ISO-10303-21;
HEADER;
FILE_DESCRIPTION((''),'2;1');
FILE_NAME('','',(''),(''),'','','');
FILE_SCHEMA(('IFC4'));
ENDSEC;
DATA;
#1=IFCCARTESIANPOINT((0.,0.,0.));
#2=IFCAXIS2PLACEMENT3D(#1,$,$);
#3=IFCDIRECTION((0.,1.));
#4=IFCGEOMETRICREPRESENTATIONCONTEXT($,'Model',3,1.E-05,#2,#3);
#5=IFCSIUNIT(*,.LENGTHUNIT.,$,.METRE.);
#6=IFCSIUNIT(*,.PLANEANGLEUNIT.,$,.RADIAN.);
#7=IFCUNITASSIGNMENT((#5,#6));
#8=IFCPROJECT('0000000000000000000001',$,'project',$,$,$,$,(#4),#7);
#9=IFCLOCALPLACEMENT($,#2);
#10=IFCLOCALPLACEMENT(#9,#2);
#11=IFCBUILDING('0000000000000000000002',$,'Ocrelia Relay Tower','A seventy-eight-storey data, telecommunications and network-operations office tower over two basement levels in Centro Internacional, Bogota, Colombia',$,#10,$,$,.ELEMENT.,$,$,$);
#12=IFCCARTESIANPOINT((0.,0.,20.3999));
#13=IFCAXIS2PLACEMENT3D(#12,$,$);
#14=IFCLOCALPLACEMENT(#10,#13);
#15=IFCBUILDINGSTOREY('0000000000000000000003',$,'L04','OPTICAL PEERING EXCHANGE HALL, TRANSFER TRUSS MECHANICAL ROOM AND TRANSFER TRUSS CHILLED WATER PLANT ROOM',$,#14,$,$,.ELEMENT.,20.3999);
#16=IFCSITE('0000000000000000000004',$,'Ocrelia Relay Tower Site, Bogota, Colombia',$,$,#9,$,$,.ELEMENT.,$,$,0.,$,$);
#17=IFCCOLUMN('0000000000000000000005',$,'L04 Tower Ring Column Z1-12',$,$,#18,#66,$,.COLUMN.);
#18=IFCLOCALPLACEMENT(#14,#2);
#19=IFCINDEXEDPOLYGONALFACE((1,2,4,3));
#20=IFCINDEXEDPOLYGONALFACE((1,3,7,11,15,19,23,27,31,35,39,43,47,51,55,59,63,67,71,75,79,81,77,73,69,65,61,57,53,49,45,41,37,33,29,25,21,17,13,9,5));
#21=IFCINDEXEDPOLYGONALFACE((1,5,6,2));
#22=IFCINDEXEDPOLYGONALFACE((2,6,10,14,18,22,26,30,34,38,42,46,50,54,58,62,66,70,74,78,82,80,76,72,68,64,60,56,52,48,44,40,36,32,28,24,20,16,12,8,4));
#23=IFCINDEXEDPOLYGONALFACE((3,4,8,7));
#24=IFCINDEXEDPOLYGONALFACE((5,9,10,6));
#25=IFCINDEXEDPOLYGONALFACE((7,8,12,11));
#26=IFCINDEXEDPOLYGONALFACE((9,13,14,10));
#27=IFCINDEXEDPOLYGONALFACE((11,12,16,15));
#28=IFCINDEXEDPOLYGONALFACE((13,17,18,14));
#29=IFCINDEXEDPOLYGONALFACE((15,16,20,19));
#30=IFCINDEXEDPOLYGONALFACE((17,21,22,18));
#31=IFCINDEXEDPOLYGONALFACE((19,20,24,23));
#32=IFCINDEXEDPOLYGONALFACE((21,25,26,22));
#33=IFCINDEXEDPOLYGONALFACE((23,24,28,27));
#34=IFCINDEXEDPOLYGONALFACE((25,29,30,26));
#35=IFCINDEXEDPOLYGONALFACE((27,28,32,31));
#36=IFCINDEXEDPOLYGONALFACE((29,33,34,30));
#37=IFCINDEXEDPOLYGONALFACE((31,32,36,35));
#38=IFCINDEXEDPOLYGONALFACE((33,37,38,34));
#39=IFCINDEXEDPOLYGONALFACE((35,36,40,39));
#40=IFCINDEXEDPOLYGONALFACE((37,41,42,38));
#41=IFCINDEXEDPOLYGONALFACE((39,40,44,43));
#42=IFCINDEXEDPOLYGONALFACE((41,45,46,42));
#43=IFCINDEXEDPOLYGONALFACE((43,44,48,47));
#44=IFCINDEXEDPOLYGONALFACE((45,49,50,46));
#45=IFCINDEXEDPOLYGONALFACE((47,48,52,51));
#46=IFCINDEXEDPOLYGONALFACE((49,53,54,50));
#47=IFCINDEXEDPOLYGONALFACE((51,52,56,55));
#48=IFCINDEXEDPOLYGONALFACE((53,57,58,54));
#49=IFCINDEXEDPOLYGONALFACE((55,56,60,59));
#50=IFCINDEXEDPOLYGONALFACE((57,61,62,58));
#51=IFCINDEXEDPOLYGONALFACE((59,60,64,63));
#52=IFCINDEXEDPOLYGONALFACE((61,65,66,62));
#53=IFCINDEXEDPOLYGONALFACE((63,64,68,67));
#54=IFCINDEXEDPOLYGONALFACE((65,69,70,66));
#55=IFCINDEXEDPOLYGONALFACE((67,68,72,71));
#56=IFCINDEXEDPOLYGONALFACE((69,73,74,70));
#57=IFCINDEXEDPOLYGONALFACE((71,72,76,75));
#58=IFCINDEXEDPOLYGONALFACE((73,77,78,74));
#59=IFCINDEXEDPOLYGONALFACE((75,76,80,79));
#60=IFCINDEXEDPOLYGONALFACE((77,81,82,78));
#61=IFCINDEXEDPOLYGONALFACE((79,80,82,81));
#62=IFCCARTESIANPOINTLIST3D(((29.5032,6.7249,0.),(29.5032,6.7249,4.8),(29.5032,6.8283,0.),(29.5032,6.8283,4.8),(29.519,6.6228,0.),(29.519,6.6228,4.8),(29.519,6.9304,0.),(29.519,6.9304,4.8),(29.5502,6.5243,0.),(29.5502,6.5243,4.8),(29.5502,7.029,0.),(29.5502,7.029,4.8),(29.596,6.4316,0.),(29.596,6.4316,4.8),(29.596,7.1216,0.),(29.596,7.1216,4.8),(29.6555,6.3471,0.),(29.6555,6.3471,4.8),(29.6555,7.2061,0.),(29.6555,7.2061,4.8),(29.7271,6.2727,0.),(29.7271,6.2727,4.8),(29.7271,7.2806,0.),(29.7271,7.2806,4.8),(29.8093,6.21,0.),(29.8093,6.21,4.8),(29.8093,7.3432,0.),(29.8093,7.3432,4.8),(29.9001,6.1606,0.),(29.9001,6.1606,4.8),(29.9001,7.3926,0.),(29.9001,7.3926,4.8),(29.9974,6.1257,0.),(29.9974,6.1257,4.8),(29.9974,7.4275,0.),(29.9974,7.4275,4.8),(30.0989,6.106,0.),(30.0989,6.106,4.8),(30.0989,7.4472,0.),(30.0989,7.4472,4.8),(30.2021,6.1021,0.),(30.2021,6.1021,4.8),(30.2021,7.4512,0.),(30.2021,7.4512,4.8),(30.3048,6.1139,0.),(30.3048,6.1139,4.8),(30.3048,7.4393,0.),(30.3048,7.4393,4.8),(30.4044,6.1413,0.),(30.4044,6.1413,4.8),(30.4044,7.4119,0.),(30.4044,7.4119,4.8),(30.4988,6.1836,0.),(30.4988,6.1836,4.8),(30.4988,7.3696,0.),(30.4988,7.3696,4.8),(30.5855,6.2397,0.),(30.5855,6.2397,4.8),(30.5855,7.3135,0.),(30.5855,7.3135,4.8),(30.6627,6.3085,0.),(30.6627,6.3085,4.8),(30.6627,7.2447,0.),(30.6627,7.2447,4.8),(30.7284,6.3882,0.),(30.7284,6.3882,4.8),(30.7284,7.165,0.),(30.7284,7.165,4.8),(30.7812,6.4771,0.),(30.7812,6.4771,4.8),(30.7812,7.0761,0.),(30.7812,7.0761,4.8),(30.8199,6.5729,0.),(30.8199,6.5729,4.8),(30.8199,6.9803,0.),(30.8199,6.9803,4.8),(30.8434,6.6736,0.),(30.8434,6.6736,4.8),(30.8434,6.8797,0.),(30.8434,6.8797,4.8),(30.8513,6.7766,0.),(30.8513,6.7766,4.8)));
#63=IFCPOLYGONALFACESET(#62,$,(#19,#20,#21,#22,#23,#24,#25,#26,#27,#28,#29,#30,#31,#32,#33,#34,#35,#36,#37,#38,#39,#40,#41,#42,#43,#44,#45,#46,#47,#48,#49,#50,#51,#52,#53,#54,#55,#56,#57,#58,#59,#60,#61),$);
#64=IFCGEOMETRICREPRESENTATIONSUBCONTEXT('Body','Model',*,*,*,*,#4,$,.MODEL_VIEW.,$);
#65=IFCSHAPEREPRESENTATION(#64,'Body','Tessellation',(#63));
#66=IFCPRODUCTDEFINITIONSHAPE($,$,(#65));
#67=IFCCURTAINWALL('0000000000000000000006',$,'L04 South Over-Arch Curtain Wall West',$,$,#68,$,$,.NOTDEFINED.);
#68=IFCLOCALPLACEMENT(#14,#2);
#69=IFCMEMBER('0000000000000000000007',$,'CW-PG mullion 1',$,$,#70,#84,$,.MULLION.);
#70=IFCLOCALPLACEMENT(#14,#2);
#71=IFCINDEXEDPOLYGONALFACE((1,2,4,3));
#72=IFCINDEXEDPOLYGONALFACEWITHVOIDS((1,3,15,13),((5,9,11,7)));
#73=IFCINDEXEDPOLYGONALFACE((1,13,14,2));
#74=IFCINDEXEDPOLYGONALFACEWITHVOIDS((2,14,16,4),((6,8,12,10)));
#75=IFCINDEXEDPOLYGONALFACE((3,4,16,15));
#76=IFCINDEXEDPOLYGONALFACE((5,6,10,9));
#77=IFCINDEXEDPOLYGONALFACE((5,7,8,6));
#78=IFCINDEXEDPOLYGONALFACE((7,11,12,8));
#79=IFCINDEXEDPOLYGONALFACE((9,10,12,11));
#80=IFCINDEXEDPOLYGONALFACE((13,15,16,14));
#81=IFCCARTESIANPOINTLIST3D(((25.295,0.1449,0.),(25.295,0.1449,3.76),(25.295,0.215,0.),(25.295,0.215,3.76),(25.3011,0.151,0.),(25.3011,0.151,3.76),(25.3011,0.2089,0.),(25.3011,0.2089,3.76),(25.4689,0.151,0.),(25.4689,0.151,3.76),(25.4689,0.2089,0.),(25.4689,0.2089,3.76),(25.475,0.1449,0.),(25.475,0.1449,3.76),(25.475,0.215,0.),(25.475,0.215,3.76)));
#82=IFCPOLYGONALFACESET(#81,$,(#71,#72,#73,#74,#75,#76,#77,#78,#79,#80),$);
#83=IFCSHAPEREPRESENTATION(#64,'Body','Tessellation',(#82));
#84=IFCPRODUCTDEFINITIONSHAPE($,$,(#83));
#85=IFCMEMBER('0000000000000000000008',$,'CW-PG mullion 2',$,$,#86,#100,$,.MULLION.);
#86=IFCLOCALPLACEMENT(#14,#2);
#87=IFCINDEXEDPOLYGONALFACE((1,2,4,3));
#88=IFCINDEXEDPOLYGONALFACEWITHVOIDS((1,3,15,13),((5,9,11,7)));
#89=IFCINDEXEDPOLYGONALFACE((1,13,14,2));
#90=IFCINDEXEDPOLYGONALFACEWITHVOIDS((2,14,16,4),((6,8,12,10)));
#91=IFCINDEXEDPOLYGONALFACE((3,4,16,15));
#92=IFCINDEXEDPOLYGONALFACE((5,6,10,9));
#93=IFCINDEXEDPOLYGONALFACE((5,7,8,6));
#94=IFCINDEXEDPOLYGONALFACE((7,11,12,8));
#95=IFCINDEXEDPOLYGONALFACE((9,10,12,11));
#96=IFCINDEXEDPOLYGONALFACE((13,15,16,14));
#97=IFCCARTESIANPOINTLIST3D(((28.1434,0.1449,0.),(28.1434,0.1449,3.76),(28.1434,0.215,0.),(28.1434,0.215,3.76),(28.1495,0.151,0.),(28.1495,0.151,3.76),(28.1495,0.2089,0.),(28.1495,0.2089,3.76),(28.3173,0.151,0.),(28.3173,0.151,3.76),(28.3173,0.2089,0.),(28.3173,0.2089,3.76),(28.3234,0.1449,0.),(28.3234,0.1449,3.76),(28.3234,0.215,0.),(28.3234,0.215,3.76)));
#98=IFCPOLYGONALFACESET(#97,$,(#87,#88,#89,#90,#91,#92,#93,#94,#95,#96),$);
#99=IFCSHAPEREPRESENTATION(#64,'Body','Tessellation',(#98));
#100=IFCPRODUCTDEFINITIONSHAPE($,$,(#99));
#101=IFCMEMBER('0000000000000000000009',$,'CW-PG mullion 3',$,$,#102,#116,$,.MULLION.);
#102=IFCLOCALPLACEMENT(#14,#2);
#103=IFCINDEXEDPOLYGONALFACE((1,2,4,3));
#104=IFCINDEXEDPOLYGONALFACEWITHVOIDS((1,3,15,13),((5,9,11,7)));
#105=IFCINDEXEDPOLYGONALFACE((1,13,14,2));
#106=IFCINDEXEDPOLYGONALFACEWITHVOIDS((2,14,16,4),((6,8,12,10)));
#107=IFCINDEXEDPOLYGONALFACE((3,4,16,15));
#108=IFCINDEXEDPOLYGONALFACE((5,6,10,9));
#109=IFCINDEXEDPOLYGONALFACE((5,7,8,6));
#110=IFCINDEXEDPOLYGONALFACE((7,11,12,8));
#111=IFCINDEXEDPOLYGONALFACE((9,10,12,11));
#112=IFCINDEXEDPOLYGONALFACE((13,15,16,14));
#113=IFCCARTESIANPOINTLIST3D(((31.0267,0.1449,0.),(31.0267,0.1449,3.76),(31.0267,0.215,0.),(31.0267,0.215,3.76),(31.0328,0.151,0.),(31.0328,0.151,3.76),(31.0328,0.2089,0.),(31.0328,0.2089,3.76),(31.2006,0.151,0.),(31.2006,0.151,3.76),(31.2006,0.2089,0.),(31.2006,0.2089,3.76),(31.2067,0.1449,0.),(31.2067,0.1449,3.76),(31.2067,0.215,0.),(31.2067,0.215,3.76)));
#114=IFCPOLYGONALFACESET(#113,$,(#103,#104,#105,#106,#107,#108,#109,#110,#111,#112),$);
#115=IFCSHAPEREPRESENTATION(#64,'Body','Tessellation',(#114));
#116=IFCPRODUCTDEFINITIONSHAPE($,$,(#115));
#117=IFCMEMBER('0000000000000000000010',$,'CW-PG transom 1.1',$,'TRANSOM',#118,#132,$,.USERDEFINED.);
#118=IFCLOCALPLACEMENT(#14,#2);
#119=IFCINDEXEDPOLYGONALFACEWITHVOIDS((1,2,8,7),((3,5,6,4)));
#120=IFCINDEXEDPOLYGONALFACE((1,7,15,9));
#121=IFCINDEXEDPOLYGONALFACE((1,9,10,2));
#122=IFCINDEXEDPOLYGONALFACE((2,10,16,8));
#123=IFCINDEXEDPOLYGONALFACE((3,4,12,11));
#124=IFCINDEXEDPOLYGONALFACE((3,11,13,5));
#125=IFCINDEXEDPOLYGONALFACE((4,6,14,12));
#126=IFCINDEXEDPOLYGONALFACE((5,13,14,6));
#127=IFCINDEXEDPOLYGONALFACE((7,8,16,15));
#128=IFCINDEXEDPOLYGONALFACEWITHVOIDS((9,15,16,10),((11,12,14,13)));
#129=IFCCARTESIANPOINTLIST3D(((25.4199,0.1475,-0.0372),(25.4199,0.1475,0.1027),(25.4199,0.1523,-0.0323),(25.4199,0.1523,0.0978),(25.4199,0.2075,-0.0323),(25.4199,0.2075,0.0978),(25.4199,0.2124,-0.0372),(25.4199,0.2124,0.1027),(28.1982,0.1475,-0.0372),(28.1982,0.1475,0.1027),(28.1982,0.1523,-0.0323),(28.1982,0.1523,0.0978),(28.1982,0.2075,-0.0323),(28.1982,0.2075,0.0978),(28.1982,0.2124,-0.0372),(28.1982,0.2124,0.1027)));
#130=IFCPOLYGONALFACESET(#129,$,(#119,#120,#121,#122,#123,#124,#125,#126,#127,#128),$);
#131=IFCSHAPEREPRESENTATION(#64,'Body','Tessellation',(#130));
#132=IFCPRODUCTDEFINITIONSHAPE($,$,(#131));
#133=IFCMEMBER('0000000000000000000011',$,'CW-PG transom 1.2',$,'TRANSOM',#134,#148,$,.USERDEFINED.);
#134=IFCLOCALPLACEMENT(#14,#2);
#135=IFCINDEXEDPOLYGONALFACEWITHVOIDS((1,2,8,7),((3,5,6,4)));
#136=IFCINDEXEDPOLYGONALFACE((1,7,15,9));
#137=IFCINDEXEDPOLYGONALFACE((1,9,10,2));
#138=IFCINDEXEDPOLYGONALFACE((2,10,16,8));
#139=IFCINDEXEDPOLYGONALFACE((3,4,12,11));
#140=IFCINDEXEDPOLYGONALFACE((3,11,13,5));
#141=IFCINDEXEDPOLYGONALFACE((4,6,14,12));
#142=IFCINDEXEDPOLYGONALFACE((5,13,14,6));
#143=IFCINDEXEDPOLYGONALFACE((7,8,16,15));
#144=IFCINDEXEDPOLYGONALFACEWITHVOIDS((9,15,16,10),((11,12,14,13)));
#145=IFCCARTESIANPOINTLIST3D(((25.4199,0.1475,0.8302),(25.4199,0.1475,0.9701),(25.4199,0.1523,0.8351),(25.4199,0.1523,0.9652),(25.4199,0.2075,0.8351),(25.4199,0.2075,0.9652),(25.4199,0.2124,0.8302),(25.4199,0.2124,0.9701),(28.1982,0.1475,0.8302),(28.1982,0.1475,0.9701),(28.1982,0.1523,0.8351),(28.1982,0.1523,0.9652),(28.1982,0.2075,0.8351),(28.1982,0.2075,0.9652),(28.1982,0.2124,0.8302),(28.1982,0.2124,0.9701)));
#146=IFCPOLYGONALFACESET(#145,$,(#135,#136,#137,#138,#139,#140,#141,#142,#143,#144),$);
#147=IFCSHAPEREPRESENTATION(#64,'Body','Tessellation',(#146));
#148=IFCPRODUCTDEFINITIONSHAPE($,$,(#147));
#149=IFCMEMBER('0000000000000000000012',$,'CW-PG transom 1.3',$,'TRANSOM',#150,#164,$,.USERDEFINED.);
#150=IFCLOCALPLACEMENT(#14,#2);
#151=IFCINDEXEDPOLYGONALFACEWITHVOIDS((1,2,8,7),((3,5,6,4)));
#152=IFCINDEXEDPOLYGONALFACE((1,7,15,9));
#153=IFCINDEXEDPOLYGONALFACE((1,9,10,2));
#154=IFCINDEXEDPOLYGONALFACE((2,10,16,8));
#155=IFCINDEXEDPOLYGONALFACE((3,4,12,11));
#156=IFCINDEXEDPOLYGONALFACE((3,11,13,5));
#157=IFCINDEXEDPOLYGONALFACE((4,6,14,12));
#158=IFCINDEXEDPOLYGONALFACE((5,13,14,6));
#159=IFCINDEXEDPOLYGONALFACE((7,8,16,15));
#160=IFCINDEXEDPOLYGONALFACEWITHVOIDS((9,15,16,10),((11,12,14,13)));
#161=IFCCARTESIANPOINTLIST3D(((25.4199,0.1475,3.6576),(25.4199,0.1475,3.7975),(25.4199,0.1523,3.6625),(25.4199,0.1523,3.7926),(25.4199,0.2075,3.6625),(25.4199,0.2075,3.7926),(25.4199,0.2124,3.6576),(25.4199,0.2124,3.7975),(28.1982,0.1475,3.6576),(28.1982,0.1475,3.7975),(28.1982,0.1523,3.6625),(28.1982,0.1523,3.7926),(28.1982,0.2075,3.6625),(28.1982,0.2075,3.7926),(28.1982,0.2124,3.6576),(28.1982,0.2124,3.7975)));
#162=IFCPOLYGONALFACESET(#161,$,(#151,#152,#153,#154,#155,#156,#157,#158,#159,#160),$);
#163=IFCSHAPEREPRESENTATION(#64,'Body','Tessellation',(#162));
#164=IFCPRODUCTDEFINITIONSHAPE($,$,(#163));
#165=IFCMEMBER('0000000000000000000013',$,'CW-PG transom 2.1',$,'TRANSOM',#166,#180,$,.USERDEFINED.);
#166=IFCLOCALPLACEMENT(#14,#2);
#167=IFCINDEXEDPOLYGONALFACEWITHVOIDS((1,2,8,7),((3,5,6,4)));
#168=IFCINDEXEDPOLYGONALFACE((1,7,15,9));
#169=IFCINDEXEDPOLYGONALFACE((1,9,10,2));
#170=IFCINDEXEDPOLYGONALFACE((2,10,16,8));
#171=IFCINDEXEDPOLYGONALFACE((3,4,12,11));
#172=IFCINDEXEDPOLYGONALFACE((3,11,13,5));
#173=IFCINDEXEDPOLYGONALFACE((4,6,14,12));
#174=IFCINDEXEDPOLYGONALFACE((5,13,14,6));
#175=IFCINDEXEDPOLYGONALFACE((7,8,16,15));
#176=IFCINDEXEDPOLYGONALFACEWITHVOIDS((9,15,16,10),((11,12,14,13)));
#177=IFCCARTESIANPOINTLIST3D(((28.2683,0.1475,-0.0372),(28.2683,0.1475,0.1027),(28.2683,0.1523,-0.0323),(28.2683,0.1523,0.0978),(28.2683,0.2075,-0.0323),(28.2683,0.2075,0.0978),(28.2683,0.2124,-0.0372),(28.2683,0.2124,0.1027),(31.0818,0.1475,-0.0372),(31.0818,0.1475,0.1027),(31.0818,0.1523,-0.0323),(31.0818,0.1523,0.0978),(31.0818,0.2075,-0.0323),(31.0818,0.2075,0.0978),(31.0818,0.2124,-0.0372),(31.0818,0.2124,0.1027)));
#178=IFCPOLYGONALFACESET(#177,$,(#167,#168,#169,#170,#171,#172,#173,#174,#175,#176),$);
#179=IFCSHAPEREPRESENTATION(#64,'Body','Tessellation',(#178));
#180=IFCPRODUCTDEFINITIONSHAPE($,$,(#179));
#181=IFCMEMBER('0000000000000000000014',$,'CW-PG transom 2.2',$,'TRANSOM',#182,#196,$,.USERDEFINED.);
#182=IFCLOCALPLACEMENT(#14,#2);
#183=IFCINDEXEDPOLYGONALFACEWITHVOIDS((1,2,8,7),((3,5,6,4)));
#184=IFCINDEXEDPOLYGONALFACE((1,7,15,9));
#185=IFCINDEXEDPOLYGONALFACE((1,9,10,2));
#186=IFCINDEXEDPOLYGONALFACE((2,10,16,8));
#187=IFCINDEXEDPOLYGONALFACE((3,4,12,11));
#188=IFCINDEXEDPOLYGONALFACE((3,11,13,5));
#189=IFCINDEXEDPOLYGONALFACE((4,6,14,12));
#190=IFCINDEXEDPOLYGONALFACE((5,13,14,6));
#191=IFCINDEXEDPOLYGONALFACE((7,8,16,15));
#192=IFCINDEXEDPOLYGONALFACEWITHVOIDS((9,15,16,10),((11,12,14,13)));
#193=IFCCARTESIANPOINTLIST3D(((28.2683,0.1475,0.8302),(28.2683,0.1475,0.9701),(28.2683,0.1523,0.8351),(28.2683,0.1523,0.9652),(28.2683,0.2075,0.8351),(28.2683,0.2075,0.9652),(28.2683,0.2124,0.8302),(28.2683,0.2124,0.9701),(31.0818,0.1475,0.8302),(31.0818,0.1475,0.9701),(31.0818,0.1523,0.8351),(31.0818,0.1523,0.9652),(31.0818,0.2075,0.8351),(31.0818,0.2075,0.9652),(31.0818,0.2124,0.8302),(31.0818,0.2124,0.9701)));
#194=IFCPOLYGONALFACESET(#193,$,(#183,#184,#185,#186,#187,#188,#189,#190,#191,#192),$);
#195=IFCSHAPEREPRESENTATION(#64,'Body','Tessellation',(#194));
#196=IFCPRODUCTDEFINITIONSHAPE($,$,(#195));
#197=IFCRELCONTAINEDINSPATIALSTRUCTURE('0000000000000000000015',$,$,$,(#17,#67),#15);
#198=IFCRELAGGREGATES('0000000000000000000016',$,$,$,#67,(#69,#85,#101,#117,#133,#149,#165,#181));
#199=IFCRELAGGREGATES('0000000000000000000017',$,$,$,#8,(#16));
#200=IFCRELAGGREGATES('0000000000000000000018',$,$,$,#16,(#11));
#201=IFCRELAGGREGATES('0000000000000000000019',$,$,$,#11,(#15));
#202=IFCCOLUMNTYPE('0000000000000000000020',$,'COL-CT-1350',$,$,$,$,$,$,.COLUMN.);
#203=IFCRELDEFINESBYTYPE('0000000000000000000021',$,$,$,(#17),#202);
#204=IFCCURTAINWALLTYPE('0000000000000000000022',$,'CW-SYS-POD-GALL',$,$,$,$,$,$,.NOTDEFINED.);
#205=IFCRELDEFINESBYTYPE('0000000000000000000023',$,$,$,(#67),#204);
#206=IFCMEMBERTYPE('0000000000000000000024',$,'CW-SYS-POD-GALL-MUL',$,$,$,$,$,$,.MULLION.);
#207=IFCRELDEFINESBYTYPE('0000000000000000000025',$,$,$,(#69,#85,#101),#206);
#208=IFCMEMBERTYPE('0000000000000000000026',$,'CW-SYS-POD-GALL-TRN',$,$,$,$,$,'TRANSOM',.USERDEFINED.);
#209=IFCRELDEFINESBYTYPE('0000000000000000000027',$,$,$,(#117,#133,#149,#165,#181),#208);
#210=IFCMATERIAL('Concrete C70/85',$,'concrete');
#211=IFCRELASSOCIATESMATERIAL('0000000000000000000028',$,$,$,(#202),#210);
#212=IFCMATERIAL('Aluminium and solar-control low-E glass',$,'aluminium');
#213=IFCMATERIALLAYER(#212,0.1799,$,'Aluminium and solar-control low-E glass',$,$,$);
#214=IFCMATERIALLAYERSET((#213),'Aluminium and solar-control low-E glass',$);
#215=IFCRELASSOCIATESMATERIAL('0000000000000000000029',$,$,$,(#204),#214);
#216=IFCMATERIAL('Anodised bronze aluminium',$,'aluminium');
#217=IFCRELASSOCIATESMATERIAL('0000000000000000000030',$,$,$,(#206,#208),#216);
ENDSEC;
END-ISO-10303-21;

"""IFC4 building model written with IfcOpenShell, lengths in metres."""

from ifc_helpers import new_model, si_unit, direction, frame, origin, origin_2d, place, context, subcontext, project, spatial, hollow_rectangle, circle, extrude, material, layer, layer_set, material_profile, profile_set, type_object, element, aggregate, save


model = new_model("IFC4")

# Units and contexts
model_context = context("Model", 3, precision=1e-05, world=origin(), true_north=direction((0.0, 1.0)))
body_context = subcontext(model_context, "Body", "Model", "MODEL_VIEW")
ifc_project = project(units=[si_unit("LENGTHUNIT", "METRE"), si_unit("PLANEANGLEUNIT", "RADIAN")], contexts=[model_context])

# Site, building, storey
site_placement = place(None, origin())
site = spatial("IfcSite", under=ifc_project, at=site_placement, Name="Ocrelia Relay Tower Site, Bogota, Colombia", CompositionType="ELEMENT", RefElevation=0.0)
building_placement = place(site_placement, origin())
building = spatial("IfcBuilding", under=site, at=building_placement, Name="Ocrelia Relay Tower", Description="A seventy-eight-storey data, telecommunications and network-operations office tower over two basement levels in Centro Internacional, Bogota, Colombia", CompositionType="ELEMENT")
storey_placement = place(building_placement, frame((0.0, 0.0, 20.3999)))
storey = spatial("IfcBuildingStorey", under=building, at=storey_placement, Name="L04", Description="OPTICAL PEERING EXCHANGE HALL, TRANSFER TRUSS MECHANICAL ROOM AND TRANSFER TRUSS CHILLED WATER PLANT ROOM", CompositionType="ELEMENT", Elevation=20.3999)

# Column
ifc_material_1 = material(Name="Concrete C70/85", Category="concrete")
ifc_material_profile_1 = material_profile(ifc_material_1, circle(Radius=0.675, at=origin_2d()), Name="RC-CIR-1350")
ifc_profile_set_1 = profile_set([ifc_material_profile_1], Name="Concrete C70/85")
column_type = type_object("IfcColumnType", Name="COL-CT-1350", PredefinedType="COLUMN", material=ifc_profile_set_1)
column_placement = place(storey_placement, frame((30.1763, 6.7766, 0.0), z_axis=(0.0, 0.0, 1.0), x_axis=(1.0, 0.0, 0.0)))
element("IfcColumn", 1, at=column_placement, inside=storey, type_object=column_type, Name="L04 Tower Ring Column Z1-12", PredefinedType="COLUMN", context=body_context, shape_type="SweptSolid", body=[
    extrude(circle(Radius=0.675, at=origin_2d()), origin(), (0.0, 0.0, 1.0), 4.8),
])

# Curtain wall, members
ifc_material_2 = material(Name="Aluminium and solar-control low-E glass", Category="aluminium")
ifc_layer_1 = layer(ifc_material_2, 0.1799, Name="Aluminium and solar-control low-E glass")
ifc_layer_set_1 = layer_set([ifc_layer_1], Name="Aluminium and solar-control low-E glass")
curtain_wall_type = type_object("IfcCurtainWallType", Name="CW-SYS-POD-GALL", PredefinedType="NOTDEFINED", material=ifc_layer_set_1)
curtain_wall_placement = place(storey_placement, origin())
curtain_wall = element("IfcCurtainWall", 2, at=curtain_wall_placement, inside=storey, type_object=curtain_wall_type, Name="L04 South Over-Arch Curtain Wall West", PredefinedType="NOTDEFINED")
ifc_material_3 = material(Name="Anodised bronze aluminium", Category="aluminium")
ifc_material_profile_2 = material_profile(ifc_material_3, hollow_rectangle(XDim=0.0701, YDim=0.1799, WallThickness=0.0061, at=origin_2d()), Name="CW-MUL-180x70")
ifc_profile_set_2 = profile_set([ifc_material_profile_2], Name="Anodised bronze aluminium")
member_type_1 = type_object("IfcMemberType", Name="CW-SYS-POD-GALL-MUL", PredefinedType="MULLION", material=ifc_profile_set_2)
member_1_placement = place(storey_placement, frame((25.385, 0.1799, 0.0), z_axis=(0.0, 0.0, 1.0), x_axis=(0.0, 1.0, 0.0)))
member_1 = element("IfcMember", 3, at=member_1_placement, type_object=member_type_1, Name="CW-PG mullion 1", PredefinedType="MULLION", context=body_context, shape_type="SweptSolid", body=[
    extrude(hollow_rectangle(XDim=0.0701, YDim=0.1799, WallThickness=0.0061, at=origin_2d()), origin(), (0.0, 0.0, 1.0), 3.76),
])
member_2_placement = place(storey_placement, frame((28.2334, 0.1799, 0.0), z_axis=(0.0, 0.0, 1.0), x_axis=(0.0, 1.0, 0.0)))
member_2 = element("IfcMember", 4, at=member_2_placement, type_object=member_type_1, Name="CW-PG mullion 2", PredefinedType="MULLION", context=body_context, shape_type="SweptSolid", body=[
    extrude(hollow_rectangle(XDim=0.0701, YDim=0.1799, WallThickness=0.0061, at=origin_2d()), origin(), (0.0, 0.0, 1.0), 3.76),
])
member_3_placement = place(storey_placement, frame((31.1167, 0.1799, 0.0), z_axis=(0.0, 0.0, 1.0), x_axis=(0.0, 1.0, 0.0)))
member_3 = element("IfcMember", 5, at=member_3_placement, type_object=member_type_1, Name="CW-PG mullion 3", PredefinedType="MULLION", context=body_context, shape_type="SweptSolid", body=[
    extrude(hollow_rectangle(XDim=0.0701, YDim=0.1799, WallThickness=0.0061, at=origin_2d()), origin(), (0.0, 0.0, 1.0), 3.76),
])
ifc_material_profile_3 = material_profile(ifc_material_3, hollow_rectangle(XDim=0.0649, YDim=0.1399, WallThickness=0.0049, at=origin_2d()), Name="CW-TRN-140x65")
ifc_profile_set_3 = profile_set([ifc_material_profile_3], Name="Anodised bronze aluminium")
member_type_2 = type_object("IfcMemberType", Name="CW-SYS-POD-GALL-TRN", ElementType="TRANSOM", PredefinedType="USERDEFINED", material=ifc_profile_set_3)
member_4_placement = place(storey_placement, frame((25.4199, 0.1799, 0.0327), z_axis=(1.0, 0.0, 0.0), x_axis=(0.0, 1.0, 0.0)))
member_4 = element("IfcMember", 6, at=member_4_placement, type_object=member_type_2, Name="CW-PG transom 1.1", ObjectType="TRANSOM", PredefinedType="USERDEFINED", context=body_context, shape_type="SweptSolid", body=[
    extrude(hollow_rectangle(XDim=0.0649, YDim=0.1399, WallThickness=0.0049, at=origin_2d()), origin(), (0.0, 0.0, 1.0), 2.7783),
])
member_5_placement = place(storey_placement, frame((25.4199, 0.1799, 0.9001), z_axis=(1.0, 0.0, 0.0), x_axis=(0.0, 1.0, 0.0)))
member_5 = element("IfcMember", 7, at=member_5_placement, type_object=member_type_2, Name="CW-PG transom 1.2", ObjectType="TRANSOM", PredefinedType="USERDEFINED", context=body_context, shape_type="SweptSolid", body=[
    extrude(hollow_rectangle(XDim=0.0649, YDim=0.1399, WallThickness=0.0049, at=origin_2d()), origin(), (0.0, 0.0, 1.0), 2.7783),
])
member_6_placement = place(storey_placement, frame((25.4199, 0.1799, 3.7275), z_axis=(1.0, 0.0, 0.0), x_axis=(0.0, 1.0, 0.0)))
member_6 = element("IfcMember", 8, at=member_6_placement, type_object=member_type_2, Name="CW-PG transom 1.3", ObjectType="TRANSOM", PredefinedType="USERDEFINED", context=body_context, shape_type="SweptSolid", body=[
    extrude(hollow_rectangle(XDim=0.0649, YDim=0.1399, WallThickness=0.0049, at=origin_2d()), origin(), (0.0, 0.0, 1.0), 2.7783),
])
member_7_placement = place(storey_placement, frame((28.2683, 0.1799, 0.0327), z_axis=(1.0, 0.0, 0.0), x_axis=(0.0, 1.0, 0.0)))
member_7 = element("IfcMember", 9, at=member_7_placement, type_object=member_type_2, Name="CW-PG transom 2.1", ObjectType="TRANSOM", PredefinedType="USERDEFINED", context=body_context, shape_type="SweptSolid", body=[
    extrude(hollow_rectangle(XDim=0.0649, YDim=0.1399, WallThickness=0.0049, at=origin_2d()), origin(), (0.0, 0.0, 1.0), 2.8135),
])
member_8_placement = place(storey_placement, frame((28.2683, 0.1799, 0.9001), z_axis=(1.0, 0.0, 0.0), x_axis=(0.0, 1.0, 0.0)))
member_8 = element("IfcMember", 10, at=member_8_placement, type_object=member_type_2, Name="CW-PG transom 2.2", ObjectType="TRANSOM", PredefinedType="USERDEFINED", context=body_context, shape_type="SweptSolid", body=[
    extrude(hollow_rectangle(XDim=0.0649, YDim=0.1399, WallThickness=0.0049, at=origin_2d()), origin(), (0.0, 0.0, 1.0), 2.8135),
])
aggregate(curtain_wall, [member_1, member_2, member_3, member_4, member_5, member_6, member_7, member_8])

save(model, "model.ifc")
